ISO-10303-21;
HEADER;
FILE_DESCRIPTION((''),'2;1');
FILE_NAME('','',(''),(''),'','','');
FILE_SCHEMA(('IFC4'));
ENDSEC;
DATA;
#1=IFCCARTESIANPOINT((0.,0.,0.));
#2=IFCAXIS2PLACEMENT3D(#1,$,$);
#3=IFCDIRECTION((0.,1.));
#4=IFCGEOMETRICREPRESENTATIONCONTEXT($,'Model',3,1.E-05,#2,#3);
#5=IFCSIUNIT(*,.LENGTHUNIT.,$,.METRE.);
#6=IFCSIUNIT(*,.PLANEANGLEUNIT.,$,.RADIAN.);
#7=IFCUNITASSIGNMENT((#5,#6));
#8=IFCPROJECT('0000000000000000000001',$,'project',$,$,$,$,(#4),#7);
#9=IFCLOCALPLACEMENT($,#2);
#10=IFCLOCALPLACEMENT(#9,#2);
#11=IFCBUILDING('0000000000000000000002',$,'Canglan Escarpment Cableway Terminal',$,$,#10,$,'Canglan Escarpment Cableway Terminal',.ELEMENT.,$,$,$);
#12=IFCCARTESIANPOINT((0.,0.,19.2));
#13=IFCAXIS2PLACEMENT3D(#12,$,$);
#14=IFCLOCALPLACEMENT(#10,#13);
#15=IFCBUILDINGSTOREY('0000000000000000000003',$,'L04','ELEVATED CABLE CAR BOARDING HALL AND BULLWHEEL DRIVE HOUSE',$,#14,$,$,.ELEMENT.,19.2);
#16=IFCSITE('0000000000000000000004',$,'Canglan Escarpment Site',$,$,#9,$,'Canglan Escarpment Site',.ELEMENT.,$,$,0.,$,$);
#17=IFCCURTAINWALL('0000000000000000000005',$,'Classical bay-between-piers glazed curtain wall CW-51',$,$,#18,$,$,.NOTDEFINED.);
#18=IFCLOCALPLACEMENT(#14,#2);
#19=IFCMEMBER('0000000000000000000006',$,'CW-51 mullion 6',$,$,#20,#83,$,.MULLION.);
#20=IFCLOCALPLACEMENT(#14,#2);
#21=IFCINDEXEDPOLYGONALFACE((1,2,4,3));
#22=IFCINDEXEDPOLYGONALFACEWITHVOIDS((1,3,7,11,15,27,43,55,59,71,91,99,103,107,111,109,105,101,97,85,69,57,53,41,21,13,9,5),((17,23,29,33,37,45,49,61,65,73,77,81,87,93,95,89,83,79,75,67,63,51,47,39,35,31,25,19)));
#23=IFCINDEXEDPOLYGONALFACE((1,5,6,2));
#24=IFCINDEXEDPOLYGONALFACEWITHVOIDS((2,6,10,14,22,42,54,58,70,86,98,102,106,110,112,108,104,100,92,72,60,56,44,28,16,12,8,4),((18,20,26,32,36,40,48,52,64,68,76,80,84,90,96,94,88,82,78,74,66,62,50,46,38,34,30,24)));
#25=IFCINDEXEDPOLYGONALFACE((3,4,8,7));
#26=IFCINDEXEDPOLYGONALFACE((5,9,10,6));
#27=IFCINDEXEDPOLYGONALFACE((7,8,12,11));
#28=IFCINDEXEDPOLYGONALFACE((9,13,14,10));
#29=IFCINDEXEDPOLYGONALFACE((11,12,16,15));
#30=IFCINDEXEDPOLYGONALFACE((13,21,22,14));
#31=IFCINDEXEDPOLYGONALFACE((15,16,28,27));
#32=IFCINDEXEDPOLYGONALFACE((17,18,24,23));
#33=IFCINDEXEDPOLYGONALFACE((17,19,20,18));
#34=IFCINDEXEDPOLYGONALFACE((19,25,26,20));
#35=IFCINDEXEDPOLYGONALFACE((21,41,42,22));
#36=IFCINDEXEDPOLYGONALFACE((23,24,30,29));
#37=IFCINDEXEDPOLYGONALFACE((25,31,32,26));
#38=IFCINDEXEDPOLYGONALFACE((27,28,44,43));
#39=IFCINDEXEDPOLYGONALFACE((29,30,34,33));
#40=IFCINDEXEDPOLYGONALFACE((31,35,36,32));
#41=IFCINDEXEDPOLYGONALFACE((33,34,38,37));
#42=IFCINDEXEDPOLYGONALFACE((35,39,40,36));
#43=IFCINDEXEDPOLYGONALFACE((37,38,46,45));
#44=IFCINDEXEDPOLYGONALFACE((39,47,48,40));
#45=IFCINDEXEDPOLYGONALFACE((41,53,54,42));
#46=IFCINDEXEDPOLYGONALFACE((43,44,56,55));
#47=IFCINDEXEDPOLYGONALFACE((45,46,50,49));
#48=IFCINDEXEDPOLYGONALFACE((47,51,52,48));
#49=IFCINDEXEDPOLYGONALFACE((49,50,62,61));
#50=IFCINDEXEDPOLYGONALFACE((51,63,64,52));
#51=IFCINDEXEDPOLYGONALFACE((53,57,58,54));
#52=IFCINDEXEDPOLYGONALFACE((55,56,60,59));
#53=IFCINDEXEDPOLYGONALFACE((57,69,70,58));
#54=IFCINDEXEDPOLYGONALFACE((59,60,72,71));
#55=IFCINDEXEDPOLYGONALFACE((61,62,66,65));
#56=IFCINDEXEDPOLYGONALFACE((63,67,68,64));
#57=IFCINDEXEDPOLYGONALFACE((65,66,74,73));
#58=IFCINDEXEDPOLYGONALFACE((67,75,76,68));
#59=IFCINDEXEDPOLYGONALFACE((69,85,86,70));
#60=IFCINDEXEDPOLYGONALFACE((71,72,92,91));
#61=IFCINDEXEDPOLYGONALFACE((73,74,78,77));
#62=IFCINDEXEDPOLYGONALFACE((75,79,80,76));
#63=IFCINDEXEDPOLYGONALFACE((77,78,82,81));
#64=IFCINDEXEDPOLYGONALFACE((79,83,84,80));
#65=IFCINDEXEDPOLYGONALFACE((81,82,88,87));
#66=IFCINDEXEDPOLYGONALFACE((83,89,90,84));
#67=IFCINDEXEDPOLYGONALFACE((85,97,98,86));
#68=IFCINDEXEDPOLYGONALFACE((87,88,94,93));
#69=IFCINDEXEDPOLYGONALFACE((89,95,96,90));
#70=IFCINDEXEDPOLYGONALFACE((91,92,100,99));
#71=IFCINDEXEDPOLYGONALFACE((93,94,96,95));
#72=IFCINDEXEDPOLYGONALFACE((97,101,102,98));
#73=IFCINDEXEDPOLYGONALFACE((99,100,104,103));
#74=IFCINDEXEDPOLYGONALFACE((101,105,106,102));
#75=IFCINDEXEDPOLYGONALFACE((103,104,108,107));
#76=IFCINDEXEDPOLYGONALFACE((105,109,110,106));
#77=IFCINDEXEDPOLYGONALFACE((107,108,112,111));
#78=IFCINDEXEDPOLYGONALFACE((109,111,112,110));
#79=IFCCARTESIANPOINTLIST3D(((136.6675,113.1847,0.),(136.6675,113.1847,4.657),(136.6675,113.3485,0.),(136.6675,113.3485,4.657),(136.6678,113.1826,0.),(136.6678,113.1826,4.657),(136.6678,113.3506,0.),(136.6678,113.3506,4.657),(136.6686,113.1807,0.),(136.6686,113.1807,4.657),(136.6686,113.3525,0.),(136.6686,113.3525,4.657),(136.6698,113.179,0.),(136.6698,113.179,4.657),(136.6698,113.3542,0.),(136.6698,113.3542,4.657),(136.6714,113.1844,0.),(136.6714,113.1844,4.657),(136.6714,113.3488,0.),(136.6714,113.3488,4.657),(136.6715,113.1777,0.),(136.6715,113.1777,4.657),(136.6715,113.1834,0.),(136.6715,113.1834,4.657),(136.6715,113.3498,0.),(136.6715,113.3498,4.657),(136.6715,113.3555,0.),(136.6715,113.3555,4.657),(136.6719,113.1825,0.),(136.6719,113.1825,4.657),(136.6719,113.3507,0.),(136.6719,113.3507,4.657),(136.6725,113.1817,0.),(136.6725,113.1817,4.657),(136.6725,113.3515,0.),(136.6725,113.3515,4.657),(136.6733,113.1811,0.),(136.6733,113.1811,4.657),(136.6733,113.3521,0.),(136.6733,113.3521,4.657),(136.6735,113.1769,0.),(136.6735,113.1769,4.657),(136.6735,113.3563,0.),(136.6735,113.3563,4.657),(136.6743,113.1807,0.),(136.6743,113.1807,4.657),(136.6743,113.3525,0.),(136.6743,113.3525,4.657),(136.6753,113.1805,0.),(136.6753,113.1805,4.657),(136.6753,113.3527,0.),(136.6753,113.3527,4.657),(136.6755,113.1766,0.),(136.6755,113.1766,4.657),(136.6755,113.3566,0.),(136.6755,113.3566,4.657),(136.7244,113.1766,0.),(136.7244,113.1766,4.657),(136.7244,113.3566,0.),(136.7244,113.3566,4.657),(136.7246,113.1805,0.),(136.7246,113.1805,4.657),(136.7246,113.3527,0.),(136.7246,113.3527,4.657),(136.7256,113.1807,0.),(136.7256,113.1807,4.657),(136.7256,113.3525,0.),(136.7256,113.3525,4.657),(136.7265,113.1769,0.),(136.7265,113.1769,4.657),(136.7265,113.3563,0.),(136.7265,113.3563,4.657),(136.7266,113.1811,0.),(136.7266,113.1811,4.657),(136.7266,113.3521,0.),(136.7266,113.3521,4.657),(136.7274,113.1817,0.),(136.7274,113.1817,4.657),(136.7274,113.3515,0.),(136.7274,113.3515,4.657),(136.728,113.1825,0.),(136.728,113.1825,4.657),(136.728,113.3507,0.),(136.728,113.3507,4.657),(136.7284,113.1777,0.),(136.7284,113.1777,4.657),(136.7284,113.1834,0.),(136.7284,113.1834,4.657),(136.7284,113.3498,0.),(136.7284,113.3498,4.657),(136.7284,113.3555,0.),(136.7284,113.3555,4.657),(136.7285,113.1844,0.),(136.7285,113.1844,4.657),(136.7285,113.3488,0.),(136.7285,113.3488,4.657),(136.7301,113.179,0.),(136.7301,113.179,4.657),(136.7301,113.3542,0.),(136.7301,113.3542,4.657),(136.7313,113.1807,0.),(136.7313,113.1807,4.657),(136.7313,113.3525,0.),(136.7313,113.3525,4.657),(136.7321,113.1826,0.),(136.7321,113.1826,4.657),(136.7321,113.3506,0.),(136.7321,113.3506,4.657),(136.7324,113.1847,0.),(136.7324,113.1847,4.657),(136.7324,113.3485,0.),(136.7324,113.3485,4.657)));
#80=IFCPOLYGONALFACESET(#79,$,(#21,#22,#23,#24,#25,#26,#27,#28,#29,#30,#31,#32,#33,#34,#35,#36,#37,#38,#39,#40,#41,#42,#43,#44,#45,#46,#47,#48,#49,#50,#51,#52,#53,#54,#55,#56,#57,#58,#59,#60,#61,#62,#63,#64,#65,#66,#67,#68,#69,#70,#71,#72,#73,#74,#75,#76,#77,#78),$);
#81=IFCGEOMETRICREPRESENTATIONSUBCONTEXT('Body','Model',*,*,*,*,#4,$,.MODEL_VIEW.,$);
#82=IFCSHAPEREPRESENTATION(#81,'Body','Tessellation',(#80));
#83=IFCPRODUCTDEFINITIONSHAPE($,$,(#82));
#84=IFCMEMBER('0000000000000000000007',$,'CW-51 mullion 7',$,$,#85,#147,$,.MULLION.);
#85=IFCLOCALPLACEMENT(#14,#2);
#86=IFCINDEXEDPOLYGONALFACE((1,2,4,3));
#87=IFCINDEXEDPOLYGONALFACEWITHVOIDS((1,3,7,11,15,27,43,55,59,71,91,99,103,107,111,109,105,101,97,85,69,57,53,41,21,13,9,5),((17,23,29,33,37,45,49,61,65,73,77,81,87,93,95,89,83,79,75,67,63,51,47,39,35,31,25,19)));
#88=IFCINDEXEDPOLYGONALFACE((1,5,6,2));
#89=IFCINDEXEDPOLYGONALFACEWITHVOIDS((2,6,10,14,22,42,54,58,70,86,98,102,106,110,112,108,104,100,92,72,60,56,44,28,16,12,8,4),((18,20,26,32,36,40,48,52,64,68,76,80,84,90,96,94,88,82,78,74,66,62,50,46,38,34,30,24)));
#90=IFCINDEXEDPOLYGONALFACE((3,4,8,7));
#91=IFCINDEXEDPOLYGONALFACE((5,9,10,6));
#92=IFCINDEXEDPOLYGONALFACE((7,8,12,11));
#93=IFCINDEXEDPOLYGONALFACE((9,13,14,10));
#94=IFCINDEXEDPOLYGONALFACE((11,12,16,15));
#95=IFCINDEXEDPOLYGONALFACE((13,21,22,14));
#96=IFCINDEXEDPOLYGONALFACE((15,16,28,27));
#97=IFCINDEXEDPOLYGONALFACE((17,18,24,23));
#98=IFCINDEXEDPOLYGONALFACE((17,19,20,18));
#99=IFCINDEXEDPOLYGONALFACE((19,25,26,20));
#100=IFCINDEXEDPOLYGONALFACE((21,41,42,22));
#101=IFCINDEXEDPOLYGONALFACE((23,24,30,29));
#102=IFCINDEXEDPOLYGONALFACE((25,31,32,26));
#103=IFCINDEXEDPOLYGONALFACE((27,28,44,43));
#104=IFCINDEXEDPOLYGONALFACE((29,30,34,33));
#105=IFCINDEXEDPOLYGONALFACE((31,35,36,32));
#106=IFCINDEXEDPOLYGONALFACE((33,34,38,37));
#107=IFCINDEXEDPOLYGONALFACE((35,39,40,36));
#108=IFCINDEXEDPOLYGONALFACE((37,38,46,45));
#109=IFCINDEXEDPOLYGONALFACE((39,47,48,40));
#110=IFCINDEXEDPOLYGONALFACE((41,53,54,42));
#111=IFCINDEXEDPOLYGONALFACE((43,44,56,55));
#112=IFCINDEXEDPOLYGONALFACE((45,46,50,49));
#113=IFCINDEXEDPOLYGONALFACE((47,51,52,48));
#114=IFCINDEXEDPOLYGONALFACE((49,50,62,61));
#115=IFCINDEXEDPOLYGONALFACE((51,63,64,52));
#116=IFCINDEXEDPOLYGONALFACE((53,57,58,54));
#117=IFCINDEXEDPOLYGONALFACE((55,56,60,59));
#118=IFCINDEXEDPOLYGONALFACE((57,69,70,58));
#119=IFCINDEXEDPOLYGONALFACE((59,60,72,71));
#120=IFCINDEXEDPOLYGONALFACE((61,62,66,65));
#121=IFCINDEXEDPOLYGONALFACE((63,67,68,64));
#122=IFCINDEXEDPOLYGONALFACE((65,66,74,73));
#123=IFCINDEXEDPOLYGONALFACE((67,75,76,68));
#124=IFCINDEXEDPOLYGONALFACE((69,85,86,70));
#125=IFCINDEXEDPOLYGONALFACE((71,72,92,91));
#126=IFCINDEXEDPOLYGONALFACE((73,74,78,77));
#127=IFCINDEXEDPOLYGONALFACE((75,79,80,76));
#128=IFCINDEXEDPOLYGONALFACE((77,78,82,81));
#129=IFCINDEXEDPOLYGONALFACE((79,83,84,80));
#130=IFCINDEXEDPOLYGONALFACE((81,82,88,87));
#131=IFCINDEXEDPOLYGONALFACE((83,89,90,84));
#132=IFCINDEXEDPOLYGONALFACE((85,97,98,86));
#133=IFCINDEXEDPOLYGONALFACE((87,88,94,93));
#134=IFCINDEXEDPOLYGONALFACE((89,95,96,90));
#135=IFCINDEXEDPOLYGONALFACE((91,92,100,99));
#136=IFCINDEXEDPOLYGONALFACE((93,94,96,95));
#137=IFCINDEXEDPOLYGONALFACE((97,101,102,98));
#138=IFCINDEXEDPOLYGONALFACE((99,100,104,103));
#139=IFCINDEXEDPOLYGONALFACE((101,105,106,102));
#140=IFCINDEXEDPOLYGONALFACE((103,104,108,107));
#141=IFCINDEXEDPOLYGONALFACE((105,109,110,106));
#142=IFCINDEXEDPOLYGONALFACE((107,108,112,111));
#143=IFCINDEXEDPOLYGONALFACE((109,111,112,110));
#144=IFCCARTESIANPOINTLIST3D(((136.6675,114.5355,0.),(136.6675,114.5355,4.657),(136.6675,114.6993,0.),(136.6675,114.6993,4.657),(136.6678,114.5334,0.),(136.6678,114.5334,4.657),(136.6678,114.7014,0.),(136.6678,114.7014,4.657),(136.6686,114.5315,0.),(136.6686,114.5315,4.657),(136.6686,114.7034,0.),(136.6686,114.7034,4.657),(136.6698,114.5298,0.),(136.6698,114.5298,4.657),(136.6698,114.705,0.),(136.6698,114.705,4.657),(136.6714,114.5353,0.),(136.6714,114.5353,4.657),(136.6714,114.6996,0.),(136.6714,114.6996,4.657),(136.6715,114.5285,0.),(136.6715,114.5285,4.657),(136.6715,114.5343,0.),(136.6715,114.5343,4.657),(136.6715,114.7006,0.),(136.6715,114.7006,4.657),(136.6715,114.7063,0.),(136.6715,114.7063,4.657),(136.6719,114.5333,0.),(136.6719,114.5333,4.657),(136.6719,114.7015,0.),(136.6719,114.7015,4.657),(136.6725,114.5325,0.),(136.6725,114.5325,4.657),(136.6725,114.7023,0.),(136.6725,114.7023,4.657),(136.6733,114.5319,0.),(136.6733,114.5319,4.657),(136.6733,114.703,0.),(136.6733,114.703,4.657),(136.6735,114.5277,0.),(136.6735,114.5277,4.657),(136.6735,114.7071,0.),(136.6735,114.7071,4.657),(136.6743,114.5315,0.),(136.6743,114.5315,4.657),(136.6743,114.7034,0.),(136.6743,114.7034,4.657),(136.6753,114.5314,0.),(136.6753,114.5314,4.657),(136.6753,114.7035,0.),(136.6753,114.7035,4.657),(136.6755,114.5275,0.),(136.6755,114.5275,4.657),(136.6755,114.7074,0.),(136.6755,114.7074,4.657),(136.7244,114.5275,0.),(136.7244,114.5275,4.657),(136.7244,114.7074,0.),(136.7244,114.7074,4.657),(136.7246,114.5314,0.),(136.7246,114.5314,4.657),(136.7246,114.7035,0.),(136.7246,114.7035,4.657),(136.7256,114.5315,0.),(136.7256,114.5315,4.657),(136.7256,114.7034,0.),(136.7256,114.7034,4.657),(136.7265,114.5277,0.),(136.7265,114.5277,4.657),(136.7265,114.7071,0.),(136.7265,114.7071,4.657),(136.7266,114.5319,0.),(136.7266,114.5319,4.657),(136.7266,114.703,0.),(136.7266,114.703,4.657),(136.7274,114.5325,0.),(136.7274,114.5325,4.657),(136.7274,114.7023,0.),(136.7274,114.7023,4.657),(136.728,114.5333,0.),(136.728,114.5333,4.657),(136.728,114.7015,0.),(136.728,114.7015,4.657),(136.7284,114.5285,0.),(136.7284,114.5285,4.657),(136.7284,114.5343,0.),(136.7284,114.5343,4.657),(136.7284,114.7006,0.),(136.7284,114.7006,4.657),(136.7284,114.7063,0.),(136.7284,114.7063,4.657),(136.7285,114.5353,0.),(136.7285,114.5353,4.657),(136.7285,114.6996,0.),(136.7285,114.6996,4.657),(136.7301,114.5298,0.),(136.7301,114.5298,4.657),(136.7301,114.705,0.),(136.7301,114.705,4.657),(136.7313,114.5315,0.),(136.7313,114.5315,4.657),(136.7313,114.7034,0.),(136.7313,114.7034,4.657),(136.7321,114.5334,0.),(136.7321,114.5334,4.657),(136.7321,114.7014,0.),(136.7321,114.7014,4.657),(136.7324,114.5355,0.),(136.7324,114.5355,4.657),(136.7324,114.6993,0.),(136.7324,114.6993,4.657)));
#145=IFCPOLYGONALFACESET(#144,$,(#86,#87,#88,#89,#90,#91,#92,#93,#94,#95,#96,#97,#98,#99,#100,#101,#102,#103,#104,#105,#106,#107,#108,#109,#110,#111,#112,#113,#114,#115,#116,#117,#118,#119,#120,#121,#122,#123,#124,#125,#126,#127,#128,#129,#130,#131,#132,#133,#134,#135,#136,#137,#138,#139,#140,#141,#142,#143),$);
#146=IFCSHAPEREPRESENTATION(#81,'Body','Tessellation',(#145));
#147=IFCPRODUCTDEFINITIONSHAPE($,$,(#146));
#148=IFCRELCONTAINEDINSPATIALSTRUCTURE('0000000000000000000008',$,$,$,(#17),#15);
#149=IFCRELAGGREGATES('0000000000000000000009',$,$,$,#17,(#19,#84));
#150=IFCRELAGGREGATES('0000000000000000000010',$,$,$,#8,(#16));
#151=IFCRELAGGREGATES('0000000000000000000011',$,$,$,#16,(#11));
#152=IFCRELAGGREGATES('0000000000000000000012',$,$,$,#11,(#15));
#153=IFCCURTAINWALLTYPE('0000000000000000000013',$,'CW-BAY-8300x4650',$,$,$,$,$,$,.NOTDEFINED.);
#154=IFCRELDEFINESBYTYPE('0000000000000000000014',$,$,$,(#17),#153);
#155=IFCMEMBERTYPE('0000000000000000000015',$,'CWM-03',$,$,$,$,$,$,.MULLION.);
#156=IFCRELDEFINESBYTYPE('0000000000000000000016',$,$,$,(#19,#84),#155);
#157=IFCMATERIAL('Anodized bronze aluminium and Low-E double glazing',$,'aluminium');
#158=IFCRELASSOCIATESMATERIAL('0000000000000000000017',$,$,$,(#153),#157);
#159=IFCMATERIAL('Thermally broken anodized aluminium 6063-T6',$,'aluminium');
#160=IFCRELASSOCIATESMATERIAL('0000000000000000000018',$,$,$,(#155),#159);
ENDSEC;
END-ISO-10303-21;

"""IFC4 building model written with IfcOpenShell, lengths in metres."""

from ifc_helpers import new_model, si_unit, direction, frame, origin, origin_2d, place, context, subcontext, project, spatial, hollow_rectangle, extrude, material, material_profile, profile_set, type_object, element, aggregate, save


model = new_model("IFC4")

# Units and contexts
model_context = context("Model", 3, precision=1e-05, world=origin(), true_north=direction((0.0, 1.0)))
body_context = subcontext(model_context, "Body", "Model", "MODEL_VIEW")
ifc_project = project(units=[si_unit("LENGTHUNIT", "METRE"), si_unit("PLANEANGLEUNIT", "RADIAN")], contexts=[model_context])

# Site, building, storey
site_placement = place(None, origin())
site = spatial("IfcSite", under=ifc_project, at=site_placement, Name="Canglan Escarpment Site", LongName="Canglan Escarpment Site", CompositionType="ELEMENT", RefElevation=0.0)
building_placement = place(site_placement, origin())
building = spatial("IfcBuilding", under=site, at=building_placement, Name="Canglan Escarpment Cableway Terminal", LongName="Canglan Escarpment Cableway Terminal", CompositionType="ELEMENT")
storey_placement = place(building_placement, frame((0.0, 0.0, 19.2)))
storey = spatial("IfcBuildingStorey", under=building, at=storey_placement, Name="L04", Description="ELEVATED CABLE CAR BOARDING HALL AND BULLWHEEL DRIVE HOUSE", CompositionType="ELEMENT", Elevation=19.2)

# Curtain wall, members
ifc_material_1 = material(Name="Anodized bronze aluminium and Low-E double glazing", Category="aluminium")
curtain_wall_type = type_object("IfcCurtainWallType", Name="CW-BAY-8300x4650", PredefinedType="NOTDEFINED", material=ifc_material_1)
curtain_wall_placement = place(storey_placement, origin())
curtain_wall = element("IfcCurtainWall", 1, at=curtain_wall_placement, inside=storey, type_object=curtain_wall_type, Name="Classical bay-between-piers glazed curtain wall CW-51", PredefinedType="NOTDEFINED")
ifc_material_2 = material(Name="Thermally broken anodized aluminium 6063-T6", Category="aluminium")
ifc_material_profile_1 = material_profile(ifc_material_2, hollow_rectangle(XDim=0.0649, YDim=0.1799, WallThickness=0.0039, InnerFilletRadius=0.0039, OuterFilletRadius=0.0081, at=origin_2d()), Name="ALU-MULL 65x180x4")
ifc_profile_set_1 = profile_set([ifc_material_profile_1], Name="Thermally broken anodized aluminium 6063-T6")
member_type_1 = type_object("IfcMemberType", Name="CWM-03", PredefinedType="MULLION", material=ifc_profile_set_1)
member_1_placement = place(storey_placement, frame((136.7, 113.2666, 0.0), z_axis=(0.0, 0.0, 1.0), x_axis=(-1.0, 0.0, 0.0)))
member_1 = element("IfcMember", 2, at=member_1_placement, type_object=member_type_1, Name="CW-51 mullion 6", PredefinedType="MULLION", context=body_context, shape_type="SweptSolid", body=[
    extrude(hollow_rectangle(XDim=0.0649, YDim=0.1799, WallThickness=0.0039, InnerFilletRadius=0.0039, OuterFilletRadius=0.0081, at=origin_2d()), origin(), (0.0, 0.0, 1.0), 4.657),
])
member_2_placement = place(storey_placement, frame((136.7, 114.6174, 0.0), z_axis=(0.0, 0.0, 1.0), x_axis=(-1.0, 0.0, 0.0)))
member_2 = element("IfcMember", 3, at=member_2_placement, type_object=member_type_1, Name="CW-51 mullion 7", PredefinedType="MULLION", context=body_context, shape_type="SweptSolid", body=[
    extrude(hollow_rectangle(XDim=0.0649, YDim=0.1799, WallThickness=0.0039, InnerFilletRadius=0.0039, OuterFilletRadius=0.0081, at=origin_2d()), origin(), (0.0, 0.0, 1.0), 4.657),
])
aggregate(curtain_wall, [member_1, member_2])

save(model, "model.ifc")
